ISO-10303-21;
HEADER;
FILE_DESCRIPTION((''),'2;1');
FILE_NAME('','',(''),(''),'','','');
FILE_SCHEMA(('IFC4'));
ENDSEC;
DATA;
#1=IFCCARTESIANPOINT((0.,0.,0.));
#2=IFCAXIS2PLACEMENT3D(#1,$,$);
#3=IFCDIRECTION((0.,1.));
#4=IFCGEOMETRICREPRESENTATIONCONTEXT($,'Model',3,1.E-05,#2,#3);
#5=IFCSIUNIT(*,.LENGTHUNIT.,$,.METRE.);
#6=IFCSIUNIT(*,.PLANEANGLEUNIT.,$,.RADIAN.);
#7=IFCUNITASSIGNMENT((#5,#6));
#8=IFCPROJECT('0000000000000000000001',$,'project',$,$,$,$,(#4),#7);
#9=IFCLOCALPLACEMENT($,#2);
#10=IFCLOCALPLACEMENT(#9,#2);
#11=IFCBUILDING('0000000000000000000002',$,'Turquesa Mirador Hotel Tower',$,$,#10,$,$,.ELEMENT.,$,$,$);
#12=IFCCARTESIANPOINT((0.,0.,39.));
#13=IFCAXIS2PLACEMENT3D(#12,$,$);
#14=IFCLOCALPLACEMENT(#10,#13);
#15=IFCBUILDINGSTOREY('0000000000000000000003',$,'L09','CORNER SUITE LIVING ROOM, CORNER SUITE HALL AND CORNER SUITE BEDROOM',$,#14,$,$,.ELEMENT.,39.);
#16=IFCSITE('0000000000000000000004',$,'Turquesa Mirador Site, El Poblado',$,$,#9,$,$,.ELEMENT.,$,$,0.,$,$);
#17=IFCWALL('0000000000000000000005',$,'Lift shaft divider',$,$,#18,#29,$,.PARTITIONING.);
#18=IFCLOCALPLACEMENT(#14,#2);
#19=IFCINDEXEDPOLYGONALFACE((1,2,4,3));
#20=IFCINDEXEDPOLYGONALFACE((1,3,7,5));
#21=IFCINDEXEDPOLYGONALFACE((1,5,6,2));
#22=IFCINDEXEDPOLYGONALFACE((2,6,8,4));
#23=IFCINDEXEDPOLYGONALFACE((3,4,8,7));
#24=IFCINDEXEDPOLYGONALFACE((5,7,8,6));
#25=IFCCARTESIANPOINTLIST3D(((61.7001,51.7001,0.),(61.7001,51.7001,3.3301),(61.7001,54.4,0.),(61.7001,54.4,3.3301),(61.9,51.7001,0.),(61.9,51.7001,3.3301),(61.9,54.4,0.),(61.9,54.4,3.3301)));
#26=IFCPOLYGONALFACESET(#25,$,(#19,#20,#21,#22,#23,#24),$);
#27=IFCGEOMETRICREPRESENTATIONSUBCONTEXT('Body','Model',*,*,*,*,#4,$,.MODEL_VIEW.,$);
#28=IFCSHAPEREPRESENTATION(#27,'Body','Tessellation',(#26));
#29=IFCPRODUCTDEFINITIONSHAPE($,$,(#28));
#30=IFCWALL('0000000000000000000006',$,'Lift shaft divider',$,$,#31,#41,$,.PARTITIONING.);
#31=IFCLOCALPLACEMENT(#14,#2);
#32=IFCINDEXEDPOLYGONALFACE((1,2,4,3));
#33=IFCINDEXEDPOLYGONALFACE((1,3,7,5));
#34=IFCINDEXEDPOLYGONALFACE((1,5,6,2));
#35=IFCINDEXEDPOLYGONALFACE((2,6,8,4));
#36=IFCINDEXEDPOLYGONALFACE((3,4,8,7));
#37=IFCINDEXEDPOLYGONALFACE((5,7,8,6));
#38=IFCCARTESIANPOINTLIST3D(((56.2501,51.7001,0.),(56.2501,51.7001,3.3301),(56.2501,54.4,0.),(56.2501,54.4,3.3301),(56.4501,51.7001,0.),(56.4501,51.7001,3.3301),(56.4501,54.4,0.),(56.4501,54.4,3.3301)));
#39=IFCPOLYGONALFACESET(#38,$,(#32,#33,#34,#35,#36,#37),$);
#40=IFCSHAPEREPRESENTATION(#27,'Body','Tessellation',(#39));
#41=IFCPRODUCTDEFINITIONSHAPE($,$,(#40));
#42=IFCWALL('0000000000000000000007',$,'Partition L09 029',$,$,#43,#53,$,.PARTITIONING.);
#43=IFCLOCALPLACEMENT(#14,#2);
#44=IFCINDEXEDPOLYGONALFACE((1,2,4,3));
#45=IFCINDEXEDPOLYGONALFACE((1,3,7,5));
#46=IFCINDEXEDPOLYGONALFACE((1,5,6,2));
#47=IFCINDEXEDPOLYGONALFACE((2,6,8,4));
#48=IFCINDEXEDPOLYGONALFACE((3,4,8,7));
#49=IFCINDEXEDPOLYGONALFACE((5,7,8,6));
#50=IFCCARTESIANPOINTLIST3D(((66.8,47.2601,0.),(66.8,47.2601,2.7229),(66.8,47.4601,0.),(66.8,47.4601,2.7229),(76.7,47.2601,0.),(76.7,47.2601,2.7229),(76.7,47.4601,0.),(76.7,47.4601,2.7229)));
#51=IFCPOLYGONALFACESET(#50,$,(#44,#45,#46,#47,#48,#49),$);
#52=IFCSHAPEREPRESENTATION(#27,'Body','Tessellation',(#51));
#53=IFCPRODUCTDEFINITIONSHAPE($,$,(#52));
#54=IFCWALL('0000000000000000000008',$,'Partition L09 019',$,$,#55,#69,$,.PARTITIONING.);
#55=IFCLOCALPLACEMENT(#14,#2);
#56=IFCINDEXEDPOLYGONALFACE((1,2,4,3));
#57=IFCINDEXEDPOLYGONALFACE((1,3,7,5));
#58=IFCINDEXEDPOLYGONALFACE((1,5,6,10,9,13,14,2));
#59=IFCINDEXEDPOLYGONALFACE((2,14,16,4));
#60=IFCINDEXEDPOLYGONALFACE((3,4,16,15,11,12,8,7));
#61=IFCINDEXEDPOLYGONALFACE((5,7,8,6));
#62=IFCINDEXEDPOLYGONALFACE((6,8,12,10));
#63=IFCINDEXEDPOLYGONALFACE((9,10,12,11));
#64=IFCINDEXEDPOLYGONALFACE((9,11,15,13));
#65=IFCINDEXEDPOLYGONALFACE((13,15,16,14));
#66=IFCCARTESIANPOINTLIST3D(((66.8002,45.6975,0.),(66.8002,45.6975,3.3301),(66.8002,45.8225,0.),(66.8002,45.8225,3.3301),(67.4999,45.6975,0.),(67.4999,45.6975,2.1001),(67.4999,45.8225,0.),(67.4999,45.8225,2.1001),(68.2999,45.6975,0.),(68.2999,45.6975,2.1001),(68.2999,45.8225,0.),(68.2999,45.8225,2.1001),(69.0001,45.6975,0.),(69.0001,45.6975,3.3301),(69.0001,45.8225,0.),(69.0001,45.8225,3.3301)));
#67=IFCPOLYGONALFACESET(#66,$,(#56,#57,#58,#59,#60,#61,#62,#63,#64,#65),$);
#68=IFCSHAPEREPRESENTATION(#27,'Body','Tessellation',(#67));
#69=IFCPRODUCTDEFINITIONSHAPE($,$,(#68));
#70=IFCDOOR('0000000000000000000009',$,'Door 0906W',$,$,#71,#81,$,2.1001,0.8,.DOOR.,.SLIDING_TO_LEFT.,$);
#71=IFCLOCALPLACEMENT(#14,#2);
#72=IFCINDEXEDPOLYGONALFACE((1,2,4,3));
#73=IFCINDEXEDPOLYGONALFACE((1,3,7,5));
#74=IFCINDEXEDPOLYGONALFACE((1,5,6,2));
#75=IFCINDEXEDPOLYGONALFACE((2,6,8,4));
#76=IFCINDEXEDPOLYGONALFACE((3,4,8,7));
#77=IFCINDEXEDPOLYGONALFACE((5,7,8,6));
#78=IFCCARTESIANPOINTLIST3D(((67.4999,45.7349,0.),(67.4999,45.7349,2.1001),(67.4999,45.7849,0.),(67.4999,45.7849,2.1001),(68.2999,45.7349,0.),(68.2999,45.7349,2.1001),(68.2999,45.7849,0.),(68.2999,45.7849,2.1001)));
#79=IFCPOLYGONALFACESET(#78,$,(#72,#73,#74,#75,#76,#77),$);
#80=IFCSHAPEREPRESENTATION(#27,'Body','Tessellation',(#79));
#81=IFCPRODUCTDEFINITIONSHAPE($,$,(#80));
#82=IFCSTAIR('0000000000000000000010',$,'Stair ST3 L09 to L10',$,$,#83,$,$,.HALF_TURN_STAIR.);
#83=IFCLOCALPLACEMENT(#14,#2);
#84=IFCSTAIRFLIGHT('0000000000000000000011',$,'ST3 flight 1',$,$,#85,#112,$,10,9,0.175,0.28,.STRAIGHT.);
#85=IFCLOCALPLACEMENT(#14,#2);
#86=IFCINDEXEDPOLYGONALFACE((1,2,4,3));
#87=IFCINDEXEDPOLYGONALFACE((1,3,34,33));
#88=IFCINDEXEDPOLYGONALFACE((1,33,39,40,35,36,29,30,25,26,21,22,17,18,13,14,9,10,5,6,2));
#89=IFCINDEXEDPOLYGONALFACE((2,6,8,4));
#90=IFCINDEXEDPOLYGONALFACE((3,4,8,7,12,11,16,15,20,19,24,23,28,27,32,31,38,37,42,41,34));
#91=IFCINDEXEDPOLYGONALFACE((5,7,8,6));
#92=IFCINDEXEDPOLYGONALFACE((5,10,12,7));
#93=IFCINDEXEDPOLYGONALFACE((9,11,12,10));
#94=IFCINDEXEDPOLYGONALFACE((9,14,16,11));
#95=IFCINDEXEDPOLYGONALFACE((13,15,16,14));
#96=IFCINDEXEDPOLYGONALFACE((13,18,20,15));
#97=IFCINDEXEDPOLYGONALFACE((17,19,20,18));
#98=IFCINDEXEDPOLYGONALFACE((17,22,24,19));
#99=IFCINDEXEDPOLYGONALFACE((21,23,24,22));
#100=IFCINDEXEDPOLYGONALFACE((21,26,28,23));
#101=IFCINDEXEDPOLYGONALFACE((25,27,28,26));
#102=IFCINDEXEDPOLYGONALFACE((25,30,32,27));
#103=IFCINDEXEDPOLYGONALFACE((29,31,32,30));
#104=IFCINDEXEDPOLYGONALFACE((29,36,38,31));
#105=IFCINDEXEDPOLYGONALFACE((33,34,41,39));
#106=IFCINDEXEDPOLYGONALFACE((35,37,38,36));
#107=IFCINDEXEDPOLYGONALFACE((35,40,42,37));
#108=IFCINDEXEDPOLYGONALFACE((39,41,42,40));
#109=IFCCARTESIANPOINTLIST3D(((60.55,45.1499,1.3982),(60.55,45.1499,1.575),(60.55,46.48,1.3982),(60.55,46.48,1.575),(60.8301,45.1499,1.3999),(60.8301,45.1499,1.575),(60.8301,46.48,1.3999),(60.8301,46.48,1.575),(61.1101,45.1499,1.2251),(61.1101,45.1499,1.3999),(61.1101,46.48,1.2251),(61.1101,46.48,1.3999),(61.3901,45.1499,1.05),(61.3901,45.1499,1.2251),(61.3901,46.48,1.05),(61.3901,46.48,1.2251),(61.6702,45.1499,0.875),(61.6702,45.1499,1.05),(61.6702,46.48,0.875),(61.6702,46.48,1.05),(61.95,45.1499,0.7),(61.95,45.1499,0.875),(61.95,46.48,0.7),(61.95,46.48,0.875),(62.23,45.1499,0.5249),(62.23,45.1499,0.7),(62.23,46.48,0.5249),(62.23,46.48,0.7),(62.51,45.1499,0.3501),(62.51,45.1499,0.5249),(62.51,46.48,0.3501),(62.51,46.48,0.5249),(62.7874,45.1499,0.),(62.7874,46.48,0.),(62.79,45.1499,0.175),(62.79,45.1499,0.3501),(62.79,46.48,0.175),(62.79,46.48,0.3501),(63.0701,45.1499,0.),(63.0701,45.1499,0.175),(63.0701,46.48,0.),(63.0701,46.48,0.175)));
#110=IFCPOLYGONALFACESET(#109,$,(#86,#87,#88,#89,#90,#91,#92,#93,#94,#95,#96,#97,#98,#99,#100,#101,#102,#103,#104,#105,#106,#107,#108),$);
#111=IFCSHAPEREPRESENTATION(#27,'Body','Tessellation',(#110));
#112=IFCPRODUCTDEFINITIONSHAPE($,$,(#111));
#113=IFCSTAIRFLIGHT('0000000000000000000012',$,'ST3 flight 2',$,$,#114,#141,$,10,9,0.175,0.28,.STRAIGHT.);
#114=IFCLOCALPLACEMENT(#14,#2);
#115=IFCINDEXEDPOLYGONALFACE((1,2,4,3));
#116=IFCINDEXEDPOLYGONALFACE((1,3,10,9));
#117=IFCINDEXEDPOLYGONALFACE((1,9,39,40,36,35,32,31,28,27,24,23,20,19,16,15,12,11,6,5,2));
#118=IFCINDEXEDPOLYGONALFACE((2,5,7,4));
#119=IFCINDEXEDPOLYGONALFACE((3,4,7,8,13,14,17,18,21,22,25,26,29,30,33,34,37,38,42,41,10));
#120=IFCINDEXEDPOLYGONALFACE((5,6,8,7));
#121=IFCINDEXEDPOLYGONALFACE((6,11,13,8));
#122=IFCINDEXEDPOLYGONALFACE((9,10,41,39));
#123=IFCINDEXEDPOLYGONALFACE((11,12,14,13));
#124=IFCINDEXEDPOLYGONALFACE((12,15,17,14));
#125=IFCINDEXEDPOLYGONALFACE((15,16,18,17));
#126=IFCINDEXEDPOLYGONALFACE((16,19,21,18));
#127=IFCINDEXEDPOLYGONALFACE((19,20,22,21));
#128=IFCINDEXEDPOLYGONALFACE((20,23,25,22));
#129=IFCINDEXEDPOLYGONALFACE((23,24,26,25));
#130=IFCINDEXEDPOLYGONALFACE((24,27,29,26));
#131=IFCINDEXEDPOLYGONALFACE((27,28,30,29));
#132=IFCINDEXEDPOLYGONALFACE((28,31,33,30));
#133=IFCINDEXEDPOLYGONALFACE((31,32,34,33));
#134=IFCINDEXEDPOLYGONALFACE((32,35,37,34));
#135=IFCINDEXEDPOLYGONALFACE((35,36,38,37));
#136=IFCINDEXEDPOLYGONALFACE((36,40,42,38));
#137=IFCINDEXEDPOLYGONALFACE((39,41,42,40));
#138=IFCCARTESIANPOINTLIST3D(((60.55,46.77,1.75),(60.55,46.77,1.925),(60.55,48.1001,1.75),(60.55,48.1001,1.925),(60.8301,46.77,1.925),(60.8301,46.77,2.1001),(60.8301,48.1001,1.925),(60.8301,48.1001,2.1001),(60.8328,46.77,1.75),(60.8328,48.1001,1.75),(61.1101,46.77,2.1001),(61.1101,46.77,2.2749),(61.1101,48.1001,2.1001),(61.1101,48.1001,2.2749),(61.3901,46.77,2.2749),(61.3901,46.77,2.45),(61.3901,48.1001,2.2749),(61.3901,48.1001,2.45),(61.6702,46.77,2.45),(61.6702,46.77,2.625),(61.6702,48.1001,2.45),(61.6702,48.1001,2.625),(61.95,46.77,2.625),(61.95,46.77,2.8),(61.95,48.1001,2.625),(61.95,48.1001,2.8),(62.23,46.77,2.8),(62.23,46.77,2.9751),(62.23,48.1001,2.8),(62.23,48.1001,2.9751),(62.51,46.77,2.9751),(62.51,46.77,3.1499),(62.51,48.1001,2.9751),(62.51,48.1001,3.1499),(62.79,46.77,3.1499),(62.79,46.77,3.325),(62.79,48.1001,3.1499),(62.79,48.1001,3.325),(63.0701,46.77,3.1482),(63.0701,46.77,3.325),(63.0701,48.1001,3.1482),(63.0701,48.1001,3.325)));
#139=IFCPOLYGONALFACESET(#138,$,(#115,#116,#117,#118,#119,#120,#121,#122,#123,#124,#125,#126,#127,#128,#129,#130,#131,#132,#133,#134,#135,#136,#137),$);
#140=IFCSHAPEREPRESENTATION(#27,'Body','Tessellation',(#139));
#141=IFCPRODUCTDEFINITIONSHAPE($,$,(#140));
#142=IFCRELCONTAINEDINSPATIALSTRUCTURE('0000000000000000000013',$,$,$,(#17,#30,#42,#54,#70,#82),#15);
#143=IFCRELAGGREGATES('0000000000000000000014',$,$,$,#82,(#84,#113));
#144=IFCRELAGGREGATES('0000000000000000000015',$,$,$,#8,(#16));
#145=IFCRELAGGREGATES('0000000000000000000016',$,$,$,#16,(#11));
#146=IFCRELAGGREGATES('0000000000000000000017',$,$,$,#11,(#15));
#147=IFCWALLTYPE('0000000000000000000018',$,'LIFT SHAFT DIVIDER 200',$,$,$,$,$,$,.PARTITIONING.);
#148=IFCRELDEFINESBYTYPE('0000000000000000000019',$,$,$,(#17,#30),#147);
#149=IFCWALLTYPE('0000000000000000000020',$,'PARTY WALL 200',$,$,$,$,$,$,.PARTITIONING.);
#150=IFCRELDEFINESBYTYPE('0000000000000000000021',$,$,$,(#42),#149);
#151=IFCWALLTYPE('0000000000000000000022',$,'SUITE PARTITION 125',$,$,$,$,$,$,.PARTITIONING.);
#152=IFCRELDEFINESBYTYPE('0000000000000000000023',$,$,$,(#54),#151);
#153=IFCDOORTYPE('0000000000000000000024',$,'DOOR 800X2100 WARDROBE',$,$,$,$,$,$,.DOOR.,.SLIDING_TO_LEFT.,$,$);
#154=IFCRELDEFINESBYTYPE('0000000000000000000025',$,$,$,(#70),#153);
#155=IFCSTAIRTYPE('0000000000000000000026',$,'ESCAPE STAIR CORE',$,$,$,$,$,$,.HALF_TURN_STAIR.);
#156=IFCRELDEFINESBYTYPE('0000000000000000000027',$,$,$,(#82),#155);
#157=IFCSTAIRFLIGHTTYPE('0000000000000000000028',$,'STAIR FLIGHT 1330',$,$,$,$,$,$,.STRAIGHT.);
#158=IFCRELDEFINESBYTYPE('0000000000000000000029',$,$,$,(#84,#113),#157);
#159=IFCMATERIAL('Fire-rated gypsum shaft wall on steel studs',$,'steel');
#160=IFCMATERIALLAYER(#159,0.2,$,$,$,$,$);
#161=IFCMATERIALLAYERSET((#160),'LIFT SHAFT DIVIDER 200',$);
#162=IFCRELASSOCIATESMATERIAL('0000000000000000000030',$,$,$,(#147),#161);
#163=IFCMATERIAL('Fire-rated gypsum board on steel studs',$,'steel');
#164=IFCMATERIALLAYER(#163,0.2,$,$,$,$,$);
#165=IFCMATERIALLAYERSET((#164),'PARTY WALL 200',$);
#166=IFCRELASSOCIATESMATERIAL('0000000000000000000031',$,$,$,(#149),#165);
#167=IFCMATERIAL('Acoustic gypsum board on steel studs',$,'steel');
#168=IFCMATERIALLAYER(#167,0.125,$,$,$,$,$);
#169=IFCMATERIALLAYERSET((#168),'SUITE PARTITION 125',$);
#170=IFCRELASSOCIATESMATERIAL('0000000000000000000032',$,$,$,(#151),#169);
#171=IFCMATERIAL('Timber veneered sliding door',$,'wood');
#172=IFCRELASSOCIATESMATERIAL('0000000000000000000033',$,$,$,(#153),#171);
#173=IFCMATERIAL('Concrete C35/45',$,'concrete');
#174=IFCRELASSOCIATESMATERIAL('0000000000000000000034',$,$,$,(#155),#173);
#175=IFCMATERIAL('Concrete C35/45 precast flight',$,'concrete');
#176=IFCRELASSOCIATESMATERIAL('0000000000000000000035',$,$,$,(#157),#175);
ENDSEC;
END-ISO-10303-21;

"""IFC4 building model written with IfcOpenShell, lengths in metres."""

from ifc_helpers import new_model, si_unit, direction, frame, frame_2d, origin, place, context, subcontext, project, spatial, polyline, rectangle, outline, extrude, material, layer, layer_set, type_object, element, fill, aggregate, save


model = new_model("IFC4")

# Units and contexts
model_context = context("Model", 3, precision=1e-05, world=origin(), true_north=direction((0.0, 1.0)))
body_context = subcontext(model_context, "Body", "Model", "MODEL_VIEW")
ifc_project = project(units=[si_unit("LENGTHUNIT", "METRE"), si_unit("PLANEANGLEUNIT", "RADIAN")], contexts=[model_context])

# Site, building, storey
site_placement = place(None, origin())
site = spatial("IfcSite", under=ifc_project, at=site_placement, Name="Turquesa Mirador Site, El Poblado", CompositionType="ELEMENT", RefElevation=0.0)
building_placement = place(site_placement, origin())
building = spatial("IfcBuilding", under=site, at=building_placement, Name="Turquesa Mirador Hotel Tower", CompositionType="ELEMENT")
storey_placement = place(building_placement, frame((0.0, 0.0, 39.0)))
storey = spatial("IfcBuildingStorey", under=building, at=storey_placement, Name="L09", Description="CORNER SUITE LIVING ROOM, CORNER SUITE HALL AND CORNER SUITE BEDROOM", CompositionType="ELEMENT", Elevation=39.0)

# Walls
ifc_material_1 = material(Name="Fire-rated gypsum shaft wall on steel studs", Category="steel")
ifc_layer_1 = layer(ifc_material_1, 0.2)
ifc_layer_set_1 = layer_set([ifc_layer_1], Name="LIFT SHAFT DIVIDER 200")
wall_type_1 = type_object("IfcWallType", Name="LIFT SHAFT DIVIDER 200", PredefinedType="PARTITIONING", material=ifc_layer_set_1)
for number, where, z_axis, x_axis, name in (
    (1, (61.8, 51.7, 0.0), (0.0, 0.0, 1.0), (0.0, 1.0, 0.0), "Lift shaft divider"),
    (2, (56.3501, 51.7, 0.0), (0.0, 0.0, 1.0), (0.0, 1.0, 0.0), "Lift shaft divider"),
):
    element("IfcWall", number, at=place(storey_placement, frame(where, z_axis=z_axis, x_axis=x_axis)), inside=storey, type_object=wall_type_1, Name=name, PredefinedType="PARTITIONING", context=body_context, shape_type="SweptSolid", body=[
        extrude(rectangle(XDim=2.7, YDim=0.2, at=frame_2d((1.3501, 0.0))), origin(), (0.0, 0.0, 1.0), 3.3301),
    ])
ifc_material_2 = material(Name="Fire-rated gypsum board on steel studs", Category="steel")
ifc_layer_2 = layer(ifc_material_2, 0.2)
ifc_layer_set_2 = layer_set([ifc_layer_2], Name="PARTY WALL 200")
wall_type_2 = type_object("IfcWallType", Name="PARTY WALL 200", PredefinedType="PARTITIONING", material=ifc_layer_set_2)
wall_1_placement = place(storey_placement, frame((66.8, 47.3601, 0.0), z_axis=(0.0, 0.0, 1.0), x_axis=(1.0, 0.0, 0.0)))
element("IfcWall", 3, at=wall_1_placement, inside=storey, type_object=wall_type_2, Name="Partition L09 029", PredefinedType="PARTITIONING", context=body_context, shape_type="SweptSolid", body=[
    extrude(rectangle(XDim=9.8999, YDim=0.2, at=frame_2d((4.95, 0.0))), origin(), (0.0, 0.0, 1.0), 2.7229),
])

# Wall, opening, door
ifc_material_3 = material(Name="Acoustic gypsum board on steel studs", Category="steel")
ifc_layer_3 = layer(ifc_material_3, 0.125)
ifc_layer_set_3 = layer_set([ifc_layer_3], Name="SUITE PARTITION 125")
wall_type_3 = type_object("IfcWallType", Name="SUITE PARTITION 125", PredefinedType="PARTITIONING", material=ifc_layer_set_3)
wall_2_placement = place(storey_placement, frame((66.8, 45.76, 0.0), z_axis=(0.0, 0.0, 1.0), x_axis=(1.0, 0.0, 0.0)))
wall_2 = element("IfcWall", 4, at=wall_2_placement, inside=storey, type_object=wall_type_3, Name="Partition L09 019", PredefinedType="PARTITIONING", context=body_context, shape_type="SweptSolid", body=[
    extrude(rectangle(XDim=2.2, YDim=0.125, at=frame_2d((1.1001, 0.0))), origin(), (0.0, 0.0, 1.0), 3.3301),
])
opening_1_placement = place(wall_2_placement, frame((0.7, 0.0, 0.0)))
opening_1 = element("IfcOpeningElement", 5, at=opening_1_placement, cuts=wall_2, PredefinedType="OPENING", context=body_context, shape_type="SweptSolid", body=[
    extrude(rectangle(XDim=0.8, YDim=2.1001, at=frame_2d((0.3999, 1.05))), frame((0.0, 0.0725, 0.0), z_axis=(0.0, -1.0, 0.0), x_axis=(1.0, 0.0, 0.0)), (0.0, 0.0, 1.0), 0.145),
])
ifc_material_4 = material(Name="Timber veneered sliding door", Category="wood")
door_type_1 = type_object("IfcDoorType", Name="DOOR 800X2100 WARDROBE", OperationType="SLIDING_TO_LEFT", PredefinedType="DOOR", material=ifc_material_4)
door_1_placement = place(opening_1_placement, origin())
door_1 = element("IfcDoor", 6, at=door_1_placement, inside=storey, type_object=door_type_1, Name="Door 0906W", OperationType="SLIDING_TO_LEFT", OverallHeight=2.1001, OverallWidth=0.8, PredefinedType="DOOR", context=body_context, shape_type="SweptSolid", body=[
    extrude(rectangle(XDim=0.8, YDim=2.1001, at=frame_2d((0.3999, 1.05))), frame((0.0, 0.0249, 0.0), z_axis=(0.0, -1.0, 0.0), x_axis=(1.0, 0.0, 0.0)), (0.0, 0.0, 1.0), 0.05),
])
fill(opening_1, door_1)

# Stair, stair flights
ifc_material_5 = material(Name="Concrete C35/45", Category="concrete")
stair_type = type_object("IfcStairType", Name="ESCAPE STAIR CORE", PredefinedType="HALF_TURN_STAIR", material=ifc_material_5)
stair_placement = place(storey_placement, origin())
stair = element("IfcStair", 7, at=stair_placement, inside=storey, type_object=stair_type, Name="Stair ST3 L09 to L10", PredefinedType="HALF_TURN_STAIR")
ifc_material_6 = material(Name="Concrete C35/45 precast flight", Category="concrete")
stair_flight_type = type_object("IfcStairFlightType", Name="STAIR FLIGHT 1330", PredefinedType="STRAIGHT", material=ifc_material_6)
stair_flight_1_placement = place(storey_placement, frame((63.0701, 45.8149, 0.0), z_axis=(0.0, 0.0, 1.0), x_axis=(-1.0, 0.0, 0.0)))
stair_flight_1 = element("IfcStairFlight", 8, at=stair_flight_1_placement, type_object=stair_flight_type, Name="ST3 flight 1", NumberOfRisers=10, NumberOfTreads=9, PredefinedType="STRAIGHT", RiserHeight=0.175, TreadLength=0.28, context=body_context, shape_type="SweptSolid", body=[
    extrude(outline(polyline([(0.0, 0.0), (0.0, 0.175), (0.28, 0.175), (0.28, 0.3501), (0.5601, 0.3501), (0.5601, 0.5249), (0.8401, 0.5249), (0.8401, 0.7), (1.1201, 0.7), (1.1201, 0.875), (1.3999, 0.875), (1.3999, 1.05), (1.6799, 1.05), (1.6799, 1.2251), (1.96, 1.2251), (1.96, 1.3999), (2.24, 1.3999), (2.24, 1.575), (2.52, 1.575), (2.52, 1.75), (2.52, 1.3982), (0.2827, 0.0), (0.0, 0.0)])), frame((0.0, 0.665, 0.0), z_axis=(0.0, -1.0, 0.0), x_axis=(1.0, 0.0, 0.0)), (0.0, 0.0, 1.0), 1.3301),
])
stair_flight_2_placement = place(storey_placement, frame((60.55, 47.4351, 1.75), z_axis=(0.0, 0.0, 1.0), x_axis=(1.0, 0.0, 0.0)))
stair_flight_2 = element("IfcStairFlight", 9, at=stair_flight_2_placement, type_object=stair_flight_type, Name="ST3 flight 2", NumberOfRisers=10, NumberOfTreads=9, PredefinedType="STRAIGHT", RiserHeight=0.175, TreadLength=0.28, context=body_context, shape_type="SweptSolid", body=[
    extrude(outline(polyline([(0.0, 0.0), (0.0, 0.175), (0.28, 0.175), (0.28, 0.3501), (0.5601, 0.3501), (0.5601, 0.5249), (0.8401, 0.5249), (0.8401, 0.7), (1.1201, 0.7), (1.1201, 0.875), (1.3999, 0.875), (1.3999, 1.05), (1.6799, 1.05), (1.6799, 1.2251), (1.96, 1.2251), (1.96, 1.3999), (2.24, 1.3999), (2.24, 1.575), (2.52, 1.575), (2.52, 1.75), (2.52, 1.3982), (0.2827, 0.0), (0.0, 0.0)])), frame((0.0, 0.665, 0.0), z_axis=(0.0, -1.0, 0.0), x_axis=(1.0, 0.0, 0.0)), (0.0, 0.0, 1.0), 1.3301),
])
aggregate(stair, [stair_flight_1, stair_flight_2])

save(model, "model.ifc")
